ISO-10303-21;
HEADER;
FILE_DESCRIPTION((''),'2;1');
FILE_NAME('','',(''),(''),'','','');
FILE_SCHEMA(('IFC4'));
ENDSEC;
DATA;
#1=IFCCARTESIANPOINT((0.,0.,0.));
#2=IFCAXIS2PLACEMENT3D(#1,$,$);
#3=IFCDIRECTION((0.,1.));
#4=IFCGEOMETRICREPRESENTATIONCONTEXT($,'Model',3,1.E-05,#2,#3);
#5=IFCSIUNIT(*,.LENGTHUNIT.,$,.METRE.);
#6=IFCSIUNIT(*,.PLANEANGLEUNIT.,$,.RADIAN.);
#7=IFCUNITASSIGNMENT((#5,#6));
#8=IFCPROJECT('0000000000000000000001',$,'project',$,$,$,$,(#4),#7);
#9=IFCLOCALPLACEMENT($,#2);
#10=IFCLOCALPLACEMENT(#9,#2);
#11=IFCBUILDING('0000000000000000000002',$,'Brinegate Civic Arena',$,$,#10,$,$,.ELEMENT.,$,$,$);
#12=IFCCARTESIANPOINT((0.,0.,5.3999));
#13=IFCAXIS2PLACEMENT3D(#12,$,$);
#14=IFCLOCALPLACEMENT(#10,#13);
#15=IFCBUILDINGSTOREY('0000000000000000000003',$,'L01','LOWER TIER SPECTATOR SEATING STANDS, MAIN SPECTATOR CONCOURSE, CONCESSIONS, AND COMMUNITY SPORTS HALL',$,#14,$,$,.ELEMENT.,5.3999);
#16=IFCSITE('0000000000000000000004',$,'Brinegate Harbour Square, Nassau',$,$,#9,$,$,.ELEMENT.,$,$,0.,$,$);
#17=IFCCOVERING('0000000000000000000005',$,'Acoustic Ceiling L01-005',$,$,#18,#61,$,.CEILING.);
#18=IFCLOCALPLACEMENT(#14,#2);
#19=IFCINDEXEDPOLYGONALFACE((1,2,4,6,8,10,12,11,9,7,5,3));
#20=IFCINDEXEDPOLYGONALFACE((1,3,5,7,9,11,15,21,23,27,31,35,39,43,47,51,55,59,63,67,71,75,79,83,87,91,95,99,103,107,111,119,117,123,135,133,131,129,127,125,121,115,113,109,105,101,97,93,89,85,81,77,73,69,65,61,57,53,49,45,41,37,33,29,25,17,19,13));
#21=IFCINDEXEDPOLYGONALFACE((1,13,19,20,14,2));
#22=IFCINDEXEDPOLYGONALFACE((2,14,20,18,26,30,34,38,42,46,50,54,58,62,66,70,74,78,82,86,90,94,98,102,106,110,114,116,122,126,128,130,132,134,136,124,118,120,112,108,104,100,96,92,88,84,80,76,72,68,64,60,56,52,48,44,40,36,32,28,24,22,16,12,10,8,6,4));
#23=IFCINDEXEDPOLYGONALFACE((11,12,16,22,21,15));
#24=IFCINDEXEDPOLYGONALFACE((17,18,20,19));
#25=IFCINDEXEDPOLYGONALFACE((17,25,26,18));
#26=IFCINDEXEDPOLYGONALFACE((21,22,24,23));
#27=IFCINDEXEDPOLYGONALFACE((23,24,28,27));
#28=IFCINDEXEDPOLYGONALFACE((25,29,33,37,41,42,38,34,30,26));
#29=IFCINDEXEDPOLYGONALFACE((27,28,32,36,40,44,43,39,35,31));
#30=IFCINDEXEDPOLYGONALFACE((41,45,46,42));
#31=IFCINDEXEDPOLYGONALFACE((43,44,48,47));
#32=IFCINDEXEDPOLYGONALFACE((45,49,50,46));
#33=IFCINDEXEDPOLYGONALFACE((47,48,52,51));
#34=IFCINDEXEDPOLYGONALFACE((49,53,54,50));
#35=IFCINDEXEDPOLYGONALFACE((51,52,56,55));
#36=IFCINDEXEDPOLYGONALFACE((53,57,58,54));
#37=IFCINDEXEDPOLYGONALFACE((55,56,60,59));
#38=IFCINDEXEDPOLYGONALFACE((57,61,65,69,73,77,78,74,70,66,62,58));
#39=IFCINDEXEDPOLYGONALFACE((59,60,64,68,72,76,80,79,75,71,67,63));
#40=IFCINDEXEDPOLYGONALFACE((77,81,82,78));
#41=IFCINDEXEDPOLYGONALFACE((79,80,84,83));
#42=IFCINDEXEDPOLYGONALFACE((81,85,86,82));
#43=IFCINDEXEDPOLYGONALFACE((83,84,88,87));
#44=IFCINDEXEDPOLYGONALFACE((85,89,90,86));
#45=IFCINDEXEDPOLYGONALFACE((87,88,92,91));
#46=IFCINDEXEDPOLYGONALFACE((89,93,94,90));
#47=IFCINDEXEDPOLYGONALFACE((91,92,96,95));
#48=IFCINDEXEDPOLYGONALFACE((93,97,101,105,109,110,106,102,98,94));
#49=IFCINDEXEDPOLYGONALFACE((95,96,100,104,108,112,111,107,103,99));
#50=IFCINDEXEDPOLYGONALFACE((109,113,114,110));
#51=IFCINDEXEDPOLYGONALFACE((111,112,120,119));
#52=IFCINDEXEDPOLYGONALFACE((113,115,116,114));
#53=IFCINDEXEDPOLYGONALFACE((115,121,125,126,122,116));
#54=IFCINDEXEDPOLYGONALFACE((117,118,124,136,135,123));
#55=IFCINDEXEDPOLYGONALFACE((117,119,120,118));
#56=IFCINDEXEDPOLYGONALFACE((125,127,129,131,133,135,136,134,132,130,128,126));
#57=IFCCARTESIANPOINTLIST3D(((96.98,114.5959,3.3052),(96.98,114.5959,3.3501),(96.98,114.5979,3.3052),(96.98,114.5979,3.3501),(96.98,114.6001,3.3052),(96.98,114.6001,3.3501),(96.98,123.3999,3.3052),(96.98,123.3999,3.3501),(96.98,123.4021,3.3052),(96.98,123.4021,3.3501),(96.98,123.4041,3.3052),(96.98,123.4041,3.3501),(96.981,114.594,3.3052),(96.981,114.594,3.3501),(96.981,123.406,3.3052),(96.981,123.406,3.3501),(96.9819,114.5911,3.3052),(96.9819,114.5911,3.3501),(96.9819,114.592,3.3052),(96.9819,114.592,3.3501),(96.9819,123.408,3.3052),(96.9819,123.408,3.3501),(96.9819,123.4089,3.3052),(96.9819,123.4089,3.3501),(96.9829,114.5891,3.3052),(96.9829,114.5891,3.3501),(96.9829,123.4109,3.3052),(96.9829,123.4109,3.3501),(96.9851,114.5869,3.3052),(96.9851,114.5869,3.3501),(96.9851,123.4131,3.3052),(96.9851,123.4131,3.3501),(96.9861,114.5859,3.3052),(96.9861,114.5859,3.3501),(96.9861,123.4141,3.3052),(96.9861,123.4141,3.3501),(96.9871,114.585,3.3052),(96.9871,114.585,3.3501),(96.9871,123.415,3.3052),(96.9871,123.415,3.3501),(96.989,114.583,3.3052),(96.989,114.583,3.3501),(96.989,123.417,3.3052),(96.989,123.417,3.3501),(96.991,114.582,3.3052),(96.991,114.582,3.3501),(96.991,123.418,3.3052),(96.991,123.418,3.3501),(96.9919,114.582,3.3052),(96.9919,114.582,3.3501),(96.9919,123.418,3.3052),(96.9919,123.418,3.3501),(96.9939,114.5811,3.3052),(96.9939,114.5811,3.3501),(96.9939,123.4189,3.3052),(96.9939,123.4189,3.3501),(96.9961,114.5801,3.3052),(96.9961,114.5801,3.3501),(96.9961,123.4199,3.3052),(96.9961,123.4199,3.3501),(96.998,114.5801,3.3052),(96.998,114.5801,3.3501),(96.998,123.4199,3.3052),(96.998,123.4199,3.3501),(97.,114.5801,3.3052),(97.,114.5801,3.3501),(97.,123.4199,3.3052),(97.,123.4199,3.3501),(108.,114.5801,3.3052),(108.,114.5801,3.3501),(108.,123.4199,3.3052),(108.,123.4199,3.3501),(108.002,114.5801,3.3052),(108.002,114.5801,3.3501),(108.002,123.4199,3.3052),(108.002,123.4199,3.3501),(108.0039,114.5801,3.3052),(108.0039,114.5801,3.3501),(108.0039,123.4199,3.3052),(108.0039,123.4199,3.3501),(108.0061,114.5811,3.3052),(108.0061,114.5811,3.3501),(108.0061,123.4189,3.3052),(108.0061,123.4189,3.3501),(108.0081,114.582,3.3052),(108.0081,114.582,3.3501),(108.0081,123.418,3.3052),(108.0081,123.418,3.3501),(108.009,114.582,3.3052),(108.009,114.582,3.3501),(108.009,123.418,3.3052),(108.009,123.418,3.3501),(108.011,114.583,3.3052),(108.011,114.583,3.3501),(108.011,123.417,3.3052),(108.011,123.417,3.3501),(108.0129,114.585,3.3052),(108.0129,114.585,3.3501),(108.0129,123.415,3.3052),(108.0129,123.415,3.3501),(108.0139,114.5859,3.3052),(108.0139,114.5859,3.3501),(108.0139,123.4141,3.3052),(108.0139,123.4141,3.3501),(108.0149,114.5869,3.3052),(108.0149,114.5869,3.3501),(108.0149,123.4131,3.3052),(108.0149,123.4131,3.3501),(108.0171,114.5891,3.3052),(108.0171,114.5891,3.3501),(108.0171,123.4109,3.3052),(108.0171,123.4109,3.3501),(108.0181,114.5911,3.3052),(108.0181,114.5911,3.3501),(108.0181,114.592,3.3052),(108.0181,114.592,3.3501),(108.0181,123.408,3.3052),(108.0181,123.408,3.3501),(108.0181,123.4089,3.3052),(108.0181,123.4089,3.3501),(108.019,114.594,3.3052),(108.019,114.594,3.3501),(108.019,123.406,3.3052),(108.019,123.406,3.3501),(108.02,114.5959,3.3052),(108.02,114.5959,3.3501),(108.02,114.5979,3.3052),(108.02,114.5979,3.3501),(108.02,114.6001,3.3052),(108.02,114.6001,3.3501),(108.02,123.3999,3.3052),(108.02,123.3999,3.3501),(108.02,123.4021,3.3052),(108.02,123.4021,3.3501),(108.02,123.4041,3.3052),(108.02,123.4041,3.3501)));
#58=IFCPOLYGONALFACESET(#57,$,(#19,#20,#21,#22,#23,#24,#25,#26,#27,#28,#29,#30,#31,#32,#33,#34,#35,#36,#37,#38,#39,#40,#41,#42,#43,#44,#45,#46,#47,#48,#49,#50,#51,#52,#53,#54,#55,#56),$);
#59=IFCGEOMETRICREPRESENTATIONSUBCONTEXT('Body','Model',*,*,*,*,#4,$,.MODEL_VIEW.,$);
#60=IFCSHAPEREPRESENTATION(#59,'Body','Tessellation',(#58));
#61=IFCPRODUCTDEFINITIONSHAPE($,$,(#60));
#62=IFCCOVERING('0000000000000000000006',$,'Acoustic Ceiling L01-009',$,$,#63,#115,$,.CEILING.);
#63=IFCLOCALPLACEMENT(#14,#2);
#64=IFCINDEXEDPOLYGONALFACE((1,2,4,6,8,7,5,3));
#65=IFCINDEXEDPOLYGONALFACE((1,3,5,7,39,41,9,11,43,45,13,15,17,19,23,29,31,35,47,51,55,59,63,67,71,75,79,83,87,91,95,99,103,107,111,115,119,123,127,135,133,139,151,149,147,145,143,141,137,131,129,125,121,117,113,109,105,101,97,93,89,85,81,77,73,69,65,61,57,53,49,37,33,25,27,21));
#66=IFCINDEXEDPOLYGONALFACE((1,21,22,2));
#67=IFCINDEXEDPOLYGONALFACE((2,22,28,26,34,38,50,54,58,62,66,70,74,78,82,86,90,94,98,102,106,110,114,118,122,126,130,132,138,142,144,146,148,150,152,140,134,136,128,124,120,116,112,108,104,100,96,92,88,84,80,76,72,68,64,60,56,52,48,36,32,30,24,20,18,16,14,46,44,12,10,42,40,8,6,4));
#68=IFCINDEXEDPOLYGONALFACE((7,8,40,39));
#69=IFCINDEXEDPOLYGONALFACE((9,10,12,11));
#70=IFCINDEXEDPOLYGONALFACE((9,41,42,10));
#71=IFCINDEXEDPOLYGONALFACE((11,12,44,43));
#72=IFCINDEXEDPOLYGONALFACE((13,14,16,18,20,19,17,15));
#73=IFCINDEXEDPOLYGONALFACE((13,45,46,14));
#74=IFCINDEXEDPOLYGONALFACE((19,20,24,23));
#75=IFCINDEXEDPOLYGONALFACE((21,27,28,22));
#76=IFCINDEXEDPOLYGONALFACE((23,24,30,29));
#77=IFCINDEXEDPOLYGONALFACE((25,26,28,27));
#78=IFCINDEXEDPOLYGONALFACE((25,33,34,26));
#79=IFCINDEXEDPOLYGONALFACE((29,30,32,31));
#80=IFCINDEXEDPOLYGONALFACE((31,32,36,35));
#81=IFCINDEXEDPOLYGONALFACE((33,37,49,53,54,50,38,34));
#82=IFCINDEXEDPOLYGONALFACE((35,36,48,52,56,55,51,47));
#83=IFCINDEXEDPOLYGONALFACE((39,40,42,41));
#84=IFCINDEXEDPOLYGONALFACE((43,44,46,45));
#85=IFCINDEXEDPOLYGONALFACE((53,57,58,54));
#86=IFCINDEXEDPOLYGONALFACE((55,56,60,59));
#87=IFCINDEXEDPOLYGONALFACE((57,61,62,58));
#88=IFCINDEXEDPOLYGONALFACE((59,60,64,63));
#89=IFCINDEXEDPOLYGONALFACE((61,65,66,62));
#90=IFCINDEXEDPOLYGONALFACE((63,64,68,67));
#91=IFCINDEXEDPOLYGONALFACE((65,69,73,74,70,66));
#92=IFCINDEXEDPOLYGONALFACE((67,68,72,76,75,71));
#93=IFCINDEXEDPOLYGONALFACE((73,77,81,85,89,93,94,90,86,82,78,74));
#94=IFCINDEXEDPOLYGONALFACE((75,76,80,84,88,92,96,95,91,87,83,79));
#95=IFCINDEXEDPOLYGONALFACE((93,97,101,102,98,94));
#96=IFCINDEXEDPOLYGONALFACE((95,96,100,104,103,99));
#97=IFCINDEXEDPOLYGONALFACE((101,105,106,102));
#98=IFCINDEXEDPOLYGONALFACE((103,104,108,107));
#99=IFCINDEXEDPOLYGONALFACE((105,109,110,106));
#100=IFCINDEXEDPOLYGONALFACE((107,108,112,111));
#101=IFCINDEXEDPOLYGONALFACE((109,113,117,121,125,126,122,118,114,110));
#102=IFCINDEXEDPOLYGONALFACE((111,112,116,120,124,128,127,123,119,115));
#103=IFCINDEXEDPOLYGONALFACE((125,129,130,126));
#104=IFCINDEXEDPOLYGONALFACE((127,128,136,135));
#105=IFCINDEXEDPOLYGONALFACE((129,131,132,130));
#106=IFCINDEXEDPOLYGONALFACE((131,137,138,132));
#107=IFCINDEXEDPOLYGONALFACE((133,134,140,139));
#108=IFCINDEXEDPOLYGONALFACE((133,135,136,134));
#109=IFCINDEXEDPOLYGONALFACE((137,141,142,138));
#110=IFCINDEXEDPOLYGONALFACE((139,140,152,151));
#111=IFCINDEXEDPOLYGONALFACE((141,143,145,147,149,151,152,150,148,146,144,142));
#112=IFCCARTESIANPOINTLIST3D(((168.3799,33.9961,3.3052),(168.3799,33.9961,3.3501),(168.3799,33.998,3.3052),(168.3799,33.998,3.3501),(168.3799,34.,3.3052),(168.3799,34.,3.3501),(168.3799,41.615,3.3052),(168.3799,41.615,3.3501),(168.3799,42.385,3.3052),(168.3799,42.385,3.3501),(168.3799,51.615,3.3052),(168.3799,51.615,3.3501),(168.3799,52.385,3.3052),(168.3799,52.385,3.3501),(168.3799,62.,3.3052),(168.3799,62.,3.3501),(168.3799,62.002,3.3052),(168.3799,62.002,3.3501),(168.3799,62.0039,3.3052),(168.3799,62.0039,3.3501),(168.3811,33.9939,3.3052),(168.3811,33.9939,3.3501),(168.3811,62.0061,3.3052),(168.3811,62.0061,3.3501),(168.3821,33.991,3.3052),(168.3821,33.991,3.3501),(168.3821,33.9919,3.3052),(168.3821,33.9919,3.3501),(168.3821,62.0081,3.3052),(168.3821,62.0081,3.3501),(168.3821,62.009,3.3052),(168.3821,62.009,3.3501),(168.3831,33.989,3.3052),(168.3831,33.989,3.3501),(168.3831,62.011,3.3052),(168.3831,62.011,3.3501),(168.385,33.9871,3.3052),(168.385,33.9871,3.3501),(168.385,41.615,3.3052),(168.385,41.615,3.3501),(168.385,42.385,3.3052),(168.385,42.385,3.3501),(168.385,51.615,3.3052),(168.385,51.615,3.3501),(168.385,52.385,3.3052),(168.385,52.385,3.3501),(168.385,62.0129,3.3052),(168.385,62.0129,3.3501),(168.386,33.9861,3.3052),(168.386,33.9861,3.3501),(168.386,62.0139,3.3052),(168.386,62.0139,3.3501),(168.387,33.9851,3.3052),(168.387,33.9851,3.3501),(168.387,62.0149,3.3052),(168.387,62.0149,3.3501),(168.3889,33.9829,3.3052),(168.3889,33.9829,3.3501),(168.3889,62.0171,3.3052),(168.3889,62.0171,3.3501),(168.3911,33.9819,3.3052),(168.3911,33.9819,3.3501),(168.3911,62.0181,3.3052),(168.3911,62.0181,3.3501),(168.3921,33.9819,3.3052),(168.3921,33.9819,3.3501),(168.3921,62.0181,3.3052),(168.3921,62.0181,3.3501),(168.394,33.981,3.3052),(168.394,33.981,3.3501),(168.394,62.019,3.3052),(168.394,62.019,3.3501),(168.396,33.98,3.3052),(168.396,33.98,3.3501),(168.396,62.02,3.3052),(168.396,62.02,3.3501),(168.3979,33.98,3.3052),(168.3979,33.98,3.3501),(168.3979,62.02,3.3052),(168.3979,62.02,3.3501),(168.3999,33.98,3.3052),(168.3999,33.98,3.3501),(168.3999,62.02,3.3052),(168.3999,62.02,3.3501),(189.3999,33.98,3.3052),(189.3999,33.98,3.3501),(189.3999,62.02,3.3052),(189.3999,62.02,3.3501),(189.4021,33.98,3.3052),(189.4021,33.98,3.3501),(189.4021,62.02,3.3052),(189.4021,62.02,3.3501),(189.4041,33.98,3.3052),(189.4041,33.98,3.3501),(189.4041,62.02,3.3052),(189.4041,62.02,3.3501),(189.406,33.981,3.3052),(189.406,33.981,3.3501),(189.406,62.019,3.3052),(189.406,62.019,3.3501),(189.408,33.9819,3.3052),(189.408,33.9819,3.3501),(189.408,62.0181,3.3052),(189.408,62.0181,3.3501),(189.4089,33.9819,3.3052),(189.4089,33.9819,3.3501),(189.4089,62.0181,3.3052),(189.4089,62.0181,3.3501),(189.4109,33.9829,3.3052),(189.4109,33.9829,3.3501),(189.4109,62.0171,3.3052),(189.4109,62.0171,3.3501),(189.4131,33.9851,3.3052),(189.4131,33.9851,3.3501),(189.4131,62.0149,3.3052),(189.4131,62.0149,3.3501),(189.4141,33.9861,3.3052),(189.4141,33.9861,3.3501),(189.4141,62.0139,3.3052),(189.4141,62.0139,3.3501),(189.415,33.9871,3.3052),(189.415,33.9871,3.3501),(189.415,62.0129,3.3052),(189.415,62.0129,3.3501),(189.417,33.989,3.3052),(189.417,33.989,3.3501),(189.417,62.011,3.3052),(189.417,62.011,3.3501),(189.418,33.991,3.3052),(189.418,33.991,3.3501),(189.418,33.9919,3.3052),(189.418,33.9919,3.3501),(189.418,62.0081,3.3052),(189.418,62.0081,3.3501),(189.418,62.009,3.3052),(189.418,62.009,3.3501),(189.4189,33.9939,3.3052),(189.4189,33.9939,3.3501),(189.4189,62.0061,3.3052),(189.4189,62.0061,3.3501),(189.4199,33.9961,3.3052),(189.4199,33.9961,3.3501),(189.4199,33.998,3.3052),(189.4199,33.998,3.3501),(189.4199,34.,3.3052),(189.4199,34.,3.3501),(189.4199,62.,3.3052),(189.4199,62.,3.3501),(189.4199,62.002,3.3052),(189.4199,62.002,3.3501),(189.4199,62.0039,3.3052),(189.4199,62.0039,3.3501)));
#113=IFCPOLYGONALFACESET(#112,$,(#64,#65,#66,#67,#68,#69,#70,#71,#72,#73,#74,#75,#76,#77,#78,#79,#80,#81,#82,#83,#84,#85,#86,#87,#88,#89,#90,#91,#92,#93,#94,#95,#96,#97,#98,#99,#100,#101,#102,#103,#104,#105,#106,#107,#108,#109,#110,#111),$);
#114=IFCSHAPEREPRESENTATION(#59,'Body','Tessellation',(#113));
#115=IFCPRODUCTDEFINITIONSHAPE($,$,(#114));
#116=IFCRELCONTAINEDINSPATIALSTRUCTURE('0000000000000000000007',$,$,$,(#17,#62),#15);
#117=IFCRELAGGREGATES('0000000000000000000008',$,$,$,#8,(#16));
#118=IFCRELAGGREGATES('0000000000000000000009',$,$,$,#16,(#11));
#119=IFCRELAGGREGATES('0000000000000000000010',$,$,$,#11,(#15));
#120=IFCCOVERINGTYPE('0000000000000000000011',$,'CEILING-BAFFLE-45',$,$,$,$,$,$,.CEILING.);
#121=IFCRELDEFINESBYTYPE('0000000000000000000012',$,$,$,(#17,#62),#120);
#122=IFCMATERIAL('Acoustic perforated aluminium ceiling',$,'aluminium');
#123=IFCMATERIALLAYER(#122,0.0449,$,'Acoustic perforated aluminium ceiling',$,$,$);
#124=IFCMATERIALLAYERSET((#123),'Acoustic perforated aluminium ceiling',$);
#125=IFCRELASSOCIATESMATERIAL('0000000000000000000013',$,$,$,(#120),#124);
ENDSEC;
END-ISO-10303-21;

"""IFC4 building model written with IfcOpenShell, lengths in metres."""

from ifc_helpers import new_model, si_unit, direction, frame, origin, place, context, subcontext, project, spatial, polyline, outline, extrude, material, layer, layer_set, type_object, element, save


model = new_model("IFC4")

# Units and contexts
model_context = context("Model", 3, precision=1e-05, world=origin(), true_north=direction((0.0, 1.0)))
body_context = subcontext(model_context, "Body", "Model", "MODEL_VIEW")
ifc_project = project(units=[si_unit("LENGTHUNIT", "METRE"), si_unit("PLANEANGLEUNIT", "RADIAN")], contexts=[model_context])

# Site, building, storey
site_placement = place(None, origin())
site = spatial("IfcSite", under=ifc_project, at=site_placement, Name="Brinegate Harbour Square, Nassau", CompositionType="ELEMENT", RefElevation=0.0)
building_placement = place(site_placement, origin())
building = spatial("IfcBuilding", under=site, at=building_placement, Name="Brinegate Civic Arena", CompositionType="ELEMENT")
storey_placement = place(building_placement, frame((0.0, 0.0, 5.3999)))
storey = spatial("IfcBuildingStorey", under=building, at=storey_placement, Name="L01", Description="LOWER TIER SPECTATOR SEATING STANDS, MAIN SPECTATOR CONCOURSE, CONCESSIONS, AND COMMUNITY SPORTS HALL", CompositionType="ELEMENT", Elevation=5.3999)

# Coverings
ifc_material_1 = material(Name="Acoustic perforated aluminium ceiling", Category="aluminium")
ifc_layer_1 = layer(ifc_material_1, 0.0449, Name="Acoustic perforated aluminium ceiling")
ifc_layer_set_1 = layer_set([ifc_layer_1], Name="Acoustic perforated aluminium ceiling")
covering_type_1 = type_object("IfcCoveringType", Name="CEILING-BAFFLE-45", PredefinedType="CEILING", material=ifc_layer_set_1)
covering_1_placement = place(storey_placement, frame((0.0, 0.0, 3.3052)))
element("IfcCovering", 1, at=covering_1_placement, inside=storey, type_object=covering_type_1, Name="Acoustic Ceiling L01-005", PredefinedType="CEILING", context=body_context, shape_type="SweptSolid", body=[
    extrude(outline(polyline([(108.0039, 123.4199), (108.0061, 123.4189), (108.0081, 123.418), (108.009, 123.418), (108.011, 123.417), (108.0129, 123.415), (108.0139, 123.4141), (108.0149, 123.4131), (108.0171, 123.4109), (108.0181, 123.4089), (108.0181, 123.408), (108.019, 123.406), (108.02, 123.4041), (108.02, 123.4021), (108.02, 123.3999), (108.02, 114.6001), (108.02, 114.5979), (108.02, 114.5959), (108.019, 114.594), (108.0181, 114.592), (108.0181, 114.5911), (108.0171, 114.5891), (108.0149, 114.5869), (108.0139, 114.5859), (108.0129, 114.585), (108.011, 114.583), (108.009, 114.582), (108.0081, 114.582), (108.0061, 114.5811), (108.0039, 114.5801), (108.002, 114.5801), (108.0, 114.5801), (97.0, 114.5801), (96.998, 114.5801), (96.9961, 114.5801), (96.9939, 114.5811), (96.9919, 114.582), (96.991, 114.582), (96.989, 114.583), (96.9871, 114.585), (96.9861, 114.5859), (96.9851, 114.5869), (96.9829, 114.5891), (96.9819, 114.5911), (96.9819, 114.592), (96.981, 114.594), (96.98, 114.5959), (96.98, 114.5979), (96.98, 114.6001), (96.98, 123.3999), (96.98, 123.4021), (96.98, 123.4041), (96.981, 123.406), (96.9819, 123.408), (96.9819, 123.4089), (96.9829, 123.4109), (96.9851, 123.4131), (96.9861, 123.4141), (96.9871, 123.415), (96.989, 123.417), (96.991, 123.418), (96.9919, 123.418), (96.9939, 123.4189), (96.9961, 123.4199), (96.998, 123.4199), (97.0, 123.4199), (108.0, 123.4199), (108.002, 123.4199), (108.0039, 123.4199)])), origin(), (0.0, 0.0, 1.0), 0.0449),
])
covering_2_placement = place(storey_placement, frame((0.0, 0.0, 3.3052)))
element("IfcCovering", 2, at=covering_2_placement, inside=storey, type_object=covering_type_1, Name="Acoustic Ceiling L01-009", PredefinedType="CEILING", context=body_context, shape_type="SweptSolid", body=[
    extrude(outline(polyline([(189.4041, 62.02), (189.406, 62.019), (189.408, 62.0181), (189.4089, 62.0181), (189.4109, 62.0171), (189.4131, 62.0149), (189.4141, 62.0139), (189.415, 62.0129), (189.417, 62.011), (189.418, 62.009), (189.418, 62.0081), (189.4189, 62.0061), (189.4199, 62.0039), (189.4199, 62.002), (189.4199, 62.0), (189.4199, 34.0), (189.4199, 33.998), (189.4199, 33.9961), (189.4189, 33.9939), (189.418, 33.9919), (189.418, 33.991), (189.417, 33.989), (189.415, 33.9871), (189.4141, 33.9861), (189.4131, 33.9851), (189.4109, 33.9829), (189.4089, 33.9819), (189.408, 33.9819), (189.406, 33.981), (189.4041, 33.98), (189.4021, 33.98), (189.3999, 33.98), (168.3999, 33.98), (168.3979, 33.98), (168.396, 33.98), (168.394, 33.981), (168.3921, 33.9819), (168.3911, 33.9819), (168.3889, 33.9829), (168.387, 33.9851), (168.386, 33.9861), (168.385, 33.9871), (168.3831, 33.989), (168.3821, 33.991), (168.3821, 33.9919), (168.3811, 33.9939), (168.3799, 33.9961), (168.3799, 33.998), (168.3799, 34.0), (168.3799, 41.615), (168.385, 41.615), (168.385, 42.385), (168.3799, 42.385), (168.3799, 51.615), (168.385, 51.615), (168.385, 52.385), (168.3799, 52.385), (168.3799, 62.0), (168.3799, 62.002), (168.3799, 62.0039), (168.3811, 62.0061), (168.3821, 62.0081), (168.3821, 62.009), (168.3831, 62.011), (168.385, 62.0129), (168.386, 62.0139), (168.387, 62.0149), (168.3889, 62.0171), (168.3911, 62.0181), (168.3921, 62.0181), (168.394, 62.019), (168.396, 62.02), (168.3979, 62.02), (168.3999, 62.02), (189.3999, 62.02), (189.4021, 62.02), (189.4041, 62.02)])), origin(), (0.0, 0.0, 1.0), 0.0449),
])

save(model, "model.ifc")
